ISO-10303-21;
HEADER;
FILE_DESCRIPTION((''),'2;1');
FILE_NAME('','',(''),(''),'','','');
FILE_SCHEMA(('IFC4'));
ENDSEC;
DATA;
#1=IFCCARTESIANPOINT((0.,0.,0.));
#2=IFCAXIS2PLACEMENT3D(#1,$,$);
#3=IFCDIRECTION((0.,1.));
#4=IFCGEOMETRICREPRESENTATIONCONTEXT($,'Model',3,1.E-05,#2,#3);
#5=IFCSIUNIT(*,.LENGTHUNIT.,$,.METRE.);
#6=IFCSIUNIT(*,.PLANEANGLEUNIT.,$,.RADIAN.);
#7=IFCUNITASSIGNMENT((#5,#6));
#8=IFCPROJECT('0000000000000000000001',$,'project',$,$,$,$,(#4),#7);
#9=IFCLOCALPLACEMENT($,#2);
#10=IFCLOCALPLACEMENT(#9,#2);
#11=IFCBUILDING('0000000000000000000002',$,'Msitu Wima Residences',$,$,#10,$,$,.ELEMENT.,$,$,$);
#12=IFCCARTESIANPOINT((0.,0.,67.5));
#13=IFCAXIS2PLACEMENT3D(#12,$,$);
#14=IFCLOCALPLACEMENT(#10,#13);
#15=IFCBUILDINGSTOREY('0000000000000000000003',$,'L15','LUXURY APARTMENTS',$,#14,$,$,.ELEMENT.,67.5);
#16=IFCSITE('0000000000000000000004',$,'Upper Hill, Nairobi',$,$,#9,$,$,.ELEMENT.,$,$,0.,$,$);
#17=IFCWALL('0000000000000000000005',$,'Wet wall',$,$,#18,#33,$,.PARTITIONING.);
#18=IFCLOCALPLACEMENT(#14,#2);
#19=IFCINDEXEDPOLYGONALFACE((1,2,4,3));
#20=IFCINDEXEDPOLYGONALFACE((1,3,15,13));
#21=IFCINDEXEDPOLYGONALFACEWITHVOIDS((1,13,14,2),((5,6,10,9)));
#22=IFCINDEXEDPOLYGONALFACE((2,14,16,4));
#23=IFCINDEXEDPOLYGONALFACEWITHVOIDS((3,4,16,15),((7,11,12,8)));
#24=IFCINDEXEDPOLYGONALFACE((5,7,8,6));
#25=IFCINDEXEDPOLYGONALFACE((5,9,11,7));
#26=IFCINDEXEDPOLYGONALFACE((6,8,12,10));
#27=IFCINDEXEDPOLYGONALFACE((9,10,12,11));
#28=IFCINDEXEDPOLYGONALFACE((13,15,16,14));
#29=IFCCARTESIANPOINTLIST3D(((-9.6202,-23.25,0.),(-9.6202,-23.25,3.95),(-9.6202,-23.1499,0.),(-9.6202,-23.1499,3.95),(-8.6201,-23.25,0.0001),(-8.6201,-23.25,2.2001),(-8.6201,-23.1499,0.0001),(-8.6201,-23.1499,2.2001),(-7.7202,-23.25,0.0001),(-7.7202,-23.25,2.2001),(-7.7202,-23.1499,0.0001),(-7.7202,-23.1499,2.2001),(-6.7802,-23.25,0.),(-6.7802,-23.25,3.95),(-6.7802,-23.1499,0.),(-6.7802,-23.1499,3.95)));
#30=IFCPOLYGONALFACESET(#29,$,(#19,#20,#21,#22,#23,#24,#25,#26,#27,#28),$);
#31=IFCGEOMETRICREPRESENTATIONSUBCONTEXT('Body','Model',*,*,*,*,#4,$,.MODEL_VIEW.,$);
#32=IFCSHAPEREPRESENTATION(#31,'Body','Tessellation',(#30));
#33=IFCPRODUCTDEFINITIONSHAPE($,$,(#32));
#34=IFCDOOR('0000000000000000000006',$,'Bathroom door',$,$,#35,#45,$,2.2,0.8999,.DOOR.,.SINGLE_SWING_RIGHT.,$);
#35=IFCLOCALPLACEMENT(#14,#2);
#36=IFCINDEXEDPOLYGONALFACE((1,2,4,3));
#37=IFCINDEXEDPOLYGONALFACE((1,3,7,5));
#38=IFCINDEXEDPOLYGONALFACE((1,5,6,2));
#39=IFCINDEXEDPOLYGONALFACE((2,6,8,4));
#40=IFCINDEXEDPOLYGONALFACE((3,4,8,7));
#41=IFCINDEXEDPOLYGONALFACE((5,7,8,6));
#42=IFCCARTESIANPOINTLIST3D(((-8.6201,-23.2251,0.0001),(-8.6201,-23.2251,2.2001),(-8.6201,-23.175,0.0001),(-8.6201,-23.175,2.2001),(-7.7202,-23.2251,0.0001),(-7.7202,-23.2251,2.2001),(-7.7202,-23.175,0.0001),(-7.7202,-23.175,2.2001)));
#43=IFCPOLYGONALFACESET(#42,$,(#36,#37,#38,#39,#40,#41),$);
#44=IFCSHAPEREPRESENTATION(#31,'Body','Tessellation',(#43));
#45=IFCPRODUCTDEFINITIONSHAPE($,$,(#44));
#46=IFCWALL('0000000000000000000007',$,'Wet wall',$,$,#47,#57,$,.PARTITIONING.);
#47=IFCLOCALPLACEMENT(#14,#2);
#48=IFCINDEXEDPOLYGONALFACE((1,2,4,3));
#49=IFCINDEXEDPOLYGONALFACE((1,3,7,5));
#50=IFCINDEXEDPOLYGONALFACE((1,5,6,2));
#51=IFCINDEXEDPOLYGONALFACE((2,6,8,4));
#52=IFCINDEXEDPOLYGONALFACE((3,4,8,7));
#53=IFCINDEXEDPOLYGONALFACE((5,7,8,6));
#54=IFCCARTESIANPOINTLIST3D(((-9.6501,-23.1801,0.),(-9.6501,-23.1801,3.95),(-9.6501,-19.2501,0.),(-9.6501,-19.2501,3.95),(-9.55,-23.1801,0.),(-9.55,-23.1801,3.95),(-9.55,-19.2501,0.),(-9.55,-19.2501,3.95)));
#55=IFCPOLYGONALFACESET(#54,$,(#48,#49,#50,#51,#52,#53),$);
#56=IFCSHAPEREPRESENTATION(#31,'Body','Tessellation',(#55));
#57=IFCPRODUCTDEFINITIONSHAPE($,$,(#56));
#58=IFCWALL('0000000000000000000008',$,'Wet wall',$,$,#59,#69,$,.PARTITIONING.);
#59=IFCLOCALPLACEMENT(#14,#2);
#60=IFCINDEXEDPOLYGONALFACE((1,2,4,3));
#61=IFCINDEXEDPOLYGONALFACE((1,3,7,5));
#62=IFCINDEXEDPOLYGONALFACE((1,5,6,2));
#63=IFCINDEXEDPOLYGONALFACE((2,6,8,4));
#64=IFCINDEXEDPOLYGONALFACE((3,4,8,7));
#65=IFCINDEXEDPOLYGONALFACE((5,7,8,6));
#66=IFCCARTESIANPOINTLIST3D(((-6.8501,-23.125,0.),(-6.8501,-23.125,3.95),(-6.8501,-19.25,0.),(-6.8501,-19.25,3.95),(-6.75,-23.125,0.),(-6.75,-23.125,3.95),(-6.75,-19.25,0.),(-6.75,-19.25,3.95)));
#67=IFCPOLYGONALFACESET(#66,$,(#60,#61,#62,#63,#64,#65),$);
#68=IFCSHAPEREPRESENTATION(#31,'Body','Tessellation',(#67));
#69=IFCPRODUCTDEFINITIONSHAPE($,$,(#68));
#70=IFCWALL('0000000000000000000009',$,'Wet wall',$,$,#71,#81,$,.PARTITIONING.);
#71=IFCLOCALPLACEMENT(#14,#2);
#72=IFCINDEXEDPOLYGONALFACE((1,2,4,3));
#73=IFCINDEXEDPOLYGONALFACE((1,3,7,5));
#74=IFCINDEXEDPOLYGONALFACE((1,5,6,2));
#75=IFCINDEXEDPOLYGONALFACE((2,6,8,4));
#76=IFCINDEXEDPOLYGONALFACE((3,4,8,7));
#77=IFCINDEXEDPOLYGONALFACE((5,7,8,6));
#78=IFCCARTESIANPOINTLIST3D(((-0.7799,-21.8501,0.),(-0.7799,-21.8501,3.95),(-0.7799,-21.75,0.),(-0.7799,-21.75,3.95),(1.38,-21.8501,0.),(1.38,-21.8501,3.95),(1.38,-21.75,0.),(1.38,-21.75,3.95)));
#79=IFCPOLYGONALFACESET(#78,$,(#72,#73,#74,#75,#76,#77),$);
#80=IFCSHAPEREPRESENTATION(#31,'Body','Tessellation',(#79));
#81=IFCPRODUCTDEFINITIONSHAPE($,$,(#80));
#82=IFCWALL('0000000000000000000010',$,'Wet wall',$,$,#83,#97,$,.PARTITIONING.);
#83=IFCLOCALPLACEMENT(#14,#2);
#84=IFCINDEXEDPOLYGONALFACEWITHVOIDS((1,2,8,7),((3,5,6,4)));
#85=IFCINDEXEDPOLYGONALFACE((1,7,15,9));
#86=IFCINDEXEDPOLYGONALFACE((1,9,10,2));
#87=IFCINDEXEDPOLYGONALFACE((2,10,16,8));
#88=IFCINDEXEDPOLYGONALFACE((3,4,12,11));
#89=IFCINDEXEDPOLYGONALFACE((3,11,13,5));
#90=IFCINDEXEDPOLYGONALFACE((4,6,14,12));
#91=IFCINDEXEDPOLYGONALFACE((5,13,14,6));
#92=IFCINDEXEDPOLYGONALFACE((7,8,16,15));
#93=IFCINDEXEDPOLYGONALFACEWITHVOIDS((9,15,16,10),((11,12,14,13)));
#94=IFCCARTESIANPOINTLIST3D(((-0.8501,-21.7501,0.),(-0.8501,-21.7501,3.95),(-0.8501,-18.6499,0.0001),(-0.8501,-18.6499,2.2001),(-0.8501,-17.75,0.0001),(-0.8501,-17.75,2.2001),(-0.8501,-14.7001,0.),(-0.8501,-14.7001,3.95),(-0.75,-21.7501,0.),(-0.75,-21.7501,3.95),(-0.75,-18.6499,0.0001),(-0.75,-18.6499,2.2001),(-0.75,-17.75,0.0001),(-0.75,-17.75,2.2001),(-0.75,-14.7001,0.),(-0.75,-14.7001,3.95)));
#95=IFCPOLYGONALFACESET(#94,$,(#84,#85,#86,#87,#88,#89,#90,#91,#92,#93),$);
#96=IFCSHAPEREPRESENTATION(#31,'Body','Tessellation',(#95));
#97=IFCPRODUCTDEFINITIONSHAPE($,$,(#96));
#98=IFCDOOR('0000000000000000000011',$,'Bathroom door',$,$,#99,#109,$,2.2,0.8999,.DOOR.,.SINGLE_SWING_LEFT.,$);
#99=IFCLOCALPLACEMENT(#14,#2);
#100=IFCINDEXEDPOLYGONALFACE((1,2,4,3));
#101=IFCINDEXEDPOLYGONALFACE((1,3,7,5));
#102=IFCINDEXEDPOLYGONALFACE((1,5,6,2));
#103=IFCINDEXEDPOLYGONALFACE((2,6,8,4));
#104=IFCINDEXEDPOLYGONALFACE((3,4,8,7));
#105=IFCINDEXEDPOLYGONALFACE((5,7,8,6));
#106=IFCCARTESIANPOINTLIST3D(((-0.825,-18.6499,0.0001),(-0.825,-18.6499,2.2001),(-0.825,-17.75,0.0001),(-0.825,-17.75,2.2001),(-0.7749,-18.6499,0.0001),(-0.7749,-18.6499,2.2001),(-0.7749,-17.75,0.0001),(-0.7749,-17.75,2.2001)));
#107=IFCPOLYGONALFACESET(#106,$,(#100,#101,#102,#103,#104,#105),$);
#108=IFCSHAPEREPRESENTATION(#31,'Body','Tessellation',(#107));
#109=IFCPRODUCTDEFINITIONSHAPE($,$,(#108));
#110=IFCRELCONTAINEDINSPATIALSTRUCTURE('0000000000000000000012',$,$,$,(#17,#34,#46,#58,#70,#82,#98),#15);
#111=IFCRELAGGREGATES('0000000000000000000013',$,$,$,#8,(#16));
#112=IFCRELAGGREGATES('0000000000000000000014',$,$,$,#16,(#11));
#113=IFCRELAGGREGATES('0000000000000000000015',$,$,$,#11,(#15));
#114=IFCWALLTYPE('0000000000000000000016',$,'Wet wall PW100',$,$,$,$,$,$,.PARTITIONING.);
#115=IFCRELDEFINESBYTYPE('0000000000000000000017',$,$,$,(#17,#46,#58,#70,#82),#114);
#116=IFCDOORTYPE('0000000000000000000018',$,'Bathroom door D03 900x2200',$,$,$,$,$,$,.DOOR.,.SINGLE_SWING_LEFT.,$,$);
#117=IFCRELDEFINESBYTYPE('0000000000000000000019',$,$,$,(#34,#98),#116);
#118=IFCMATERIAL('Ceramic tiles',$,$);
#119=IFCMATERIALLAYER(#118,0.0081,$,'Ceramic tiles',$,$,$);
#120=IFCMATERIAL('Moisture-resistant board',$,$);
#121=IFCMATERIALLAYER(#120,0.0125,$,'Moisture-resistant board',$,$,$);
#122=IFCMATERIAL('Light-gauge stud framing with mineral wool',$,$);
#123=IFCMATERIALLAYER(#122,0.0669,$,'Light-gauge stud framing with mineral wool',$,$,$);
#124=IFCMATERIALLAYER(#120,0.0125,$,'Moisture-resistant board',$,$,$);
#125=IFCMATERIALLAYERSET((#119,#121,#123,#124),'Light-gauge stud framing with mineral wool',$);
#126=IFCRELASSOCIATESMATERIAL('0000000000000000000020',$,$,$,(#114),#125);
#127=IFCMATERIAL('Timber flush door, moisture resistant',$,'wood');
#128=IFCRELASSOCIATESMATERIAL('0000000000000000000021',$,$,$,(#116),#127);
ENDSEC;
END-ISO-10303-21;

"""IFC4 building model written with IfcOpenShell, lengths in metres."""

from ifc_helpers import new_model, si_unit, direction, frame, frame_2d, origin, place, context, subcontext, project, spatial, rectangle, extrude, material, layer, layer_set, type_object, element, fill, save


model = new_model("IFC4")

# Units and contexts
model_context = context("Model", 3, precision=1e-05, world=origin(), true_north=direction((0.0, 1.0)))
body_context = subcontext(model_context, "Body", "Model", "MODEL_VIEW")
ifc_project = project(units=[si_unit("LENGTHUNIT", "METRE"), si_unit("PLANEANGLEUNIT", "RADIAN")], contexts=[model_context])

# Site, building, storey
site_placement = place(None, origin())
site = spatial("IfcSite", under=ifc_project, at=site_placement, Name="Upper Hill, Nairobi", CompositionType="ELEMENT", RefElevation=0.0)
building_placement = place(site_placement, origin())
building = spatial("IfcBuilding", under=site, at=building_placement, Name="Msitu Wima Residences", CompositionType="ELEMENT")
storey_placement = place(building_placement, frame((0.0, 0.0, 67.5)))
storey = spatial("IfcBuildingStorey", under=building, at=storey_placement, Name="L15", Description="LUXURY APARTMENTS", CompositionType="ELEMENT", Elevation=67.5)

# Wall, opening, door
ifc_material_1 = material(Name="Ceramic tiles")
ifc_layer_1 = layer(ifc_material_1, 0.0081, Name="Ceramic tiles")
ifc_material_2 = material(Name="Moisture-resistant board")
ifc_layer_2 = layer(ifc_material_2, 0.0125, Name="Moisture-resistant board")
ifc_material_3 = material(Name="Light-gauge stud framing with mineral wool")
ifc_layer_3 = layer(ifc_material_3, 0.0669, Name="Light-gauge stud framing with mineral wool")
ifc_layer_4 = layer(ifc_material_2, 0.0125, Name="Moisture-resistant board")
ifc_layer_set_1 = layer_set([ifc_layer_1, ifc_layer_2, ifc_layer_3, ifc_layer_4], Name="Light-gauge stud framing with mineral wool")
wall_type_1 = type_object("IfcWallType", Name="Wet wall PW100", PredefinedType="PARTITIONING", material=ifc_layer_set_1)
wall_1_placement = place(storey_placement, frame((-9.6201, -23.2, 0.0), z_axis=(0.0, 0.0, 1.0), x_axis=(1.0, 0.0, 0.0)))
wall_1 = element("IfcWall", 1, at=wall_1_placement, inside=storey, type_object=wall_type_1, Name="Wet wall", PredefinedType="PARTITIONING", context=body_context, shape_type="SweptSolid", body=[
    extrude(rectangle(XDim=2.8401, YDim=0.1001, at=frame_2d((1.4199, 0.0))), origin(), (0.0, 0.0, 1.0), 3.95),
])
opening_1_placement = place(wall_1_placement, frame((1.0, 0.0, 0.0)))
opening_1 = element("IfcOpeningElement", 2, at=opening_1_placement, cuts=wall_1, PredefinedType="OPENING", context=body_context, shape_type="SweptSolid", body=[
    extrude(rectangle(XDim=0.8999, YDim=2.2, at=frame_2d((0.45, 1.1001))), frame((0.0, 0.0601, 0.0), z_axis=(0.0, -1.0, 0.0), x_axis=(1.0, 0.0, 0.0)), (0.0, 0.0, 1.0), 0.1201),
])
ifc_material_4 = material(Name="Timber flush door, moisture resistant", Category="wood")
door_type_1 = type_object("IfcDoorType", Name="Bathroom door D03 900x2200", OperationType="SINGLE_SWING_LEFT", PredefinedType="DOOR", material=ifc_material_4)
door_1_placement = place(opening_1_placement, origin())
door_1 = element("IfcDoor", 3, at=door_1_placement, inside=storey, type_object=door_type_1, Name="Bathroom door", OperationType="SINGLE_SWING_RIGHT", OverallHeight=2.2, OverallWidth=0.8999, PredefinedType="DOOR", context=body_context, shape_type="SweptSolid", body=[
    extrude(rectangle(XDim=0.8999, YDim=2.2, at=frame_2d((0.45, 1.1001))), frame((0.0, 0.0249, 0.0), z_axis=(0.0, -1.0, 0.0), x_axis=(1.0, 0.0, 0.0)), (0.0, 0.0, 1.0), 0.05),
])
fill(opening_1, door_1)

# Walls
wall_2_placement = place(storey_placement, frame((-9.6001, -23.1799, 0.0), z_axis=(0.0, 0.0, 1.0), x_axis=(0.0, 1.0, 0.0)))
element("IfcWall", 4, at=wall_2_placement, inside=storey, type_object=wall_type_1, Name="Wet wall", PredefinedType="PARTITIONING", context=body_context, shape_type="SweptSolid", body=[
    extrude(rectangle(XDim=3.9299, YDim=0.1001, at=frame_2d((1.9648, 0.0))), origin(), (0.0, 0.0, 1.0), 3.95),
])
wall_3_placement = place(storey_placement, frame((-6.8, -23.125, 0.0), z_axis=(0.0, 0.0, 1.0), x_axis=(0.0, 1.0, 0.0)))
element("IfcWall", 5, at=wall_3_placement, inside=storey, type_object=wall_type_1, Name="Wet wall", PredefinedType="PARTITIONING", context=body_context, shape_type="SweptSolid", body=[
    extrude(rectangle(XDim=3.875, YDim=0.1001, at=frame_2d((1.9375, 0.0))), origin(), (0.0, 0.0, 1.0), 3.95),
])
wall_4_placement = place(storey_placement, frame((-0.78, -21.8, 0.0), z_axis=(0.0, 0.0, 1.0), x_axis=(1.0, 0.0, 0.0)))
element("IfcWall", 6, at=wall_4_placement, inside=storey, type_object=wall_type_1, Name="Wet wall", PredefinedType="PARTITIONING", context=body_context, shape_type="SweptSolid", body=[
    extrude(rectangle(XDim=2.1599, YDim=0.1001, at=frame_2d((1.0801, 0.0))), origin(), (0.0, 0.0, 1.0), 3.95),
])

# Wall, opening, door
wall_5_placement = place(storey_placement, frame((-0.8, -21.75, 0.0), z_axis=(0.0, 0.0, 1.0), x_axis=(0.0, 1.0, 0.0)))
wall_5 = element("IfcWall", 7, at=wall_5_placement, inside=storey, type_object=wall_type_1, Name="Wet wall", PredefinedType="PARTITIONING", context=body_context, shape_type="SweptSolid", body=[
    extrude(rectangle(XDim=7.05, YDim=0.1001, at=frame_2d((3.5249, 0.0))), origin(), (0.0, 0.0, 1.0), 3.95),
])
opening_2_placement = place(wall_5_placement, frame((3.1001, 0.0, 0.0)))
opening_2 = element("IfcOpeningElement", 8, at=opening_2_placement, cuts=wall_5, PredefinedType="OPENING", context=body_context, shape_type="SweptSolid", body=[
    extrude(rectangle(XDim=0.8999, YDim=2.2, at=frame_2d((0.45, 1.1001))), frame((0.0, 0.0601, 0.0), z_axis=(0.0, -1.0, 0.0), x_axis=(1.0, 0.0, 0.0)), (0.0, 0.0, 1.0), 0.1201),
])
door_2_placement = place(opening_2_placement, origin())
door_2 = element("IfcDoor", 9, at=door_2_placement, inside=storey, type_object=door_type_1, Name="Bathroom door", OperationType="SINGLE_SWING_LEFT", OverallHeight=2.2, OverallWidth=0.8999, PredefinedType="DOOR", context=body_context, shape_type="SweptSolid", body=[
    extrude(rectangle(XDim=0.8999, YDim=2.2, at=frame_2d((0.45, 1.1001))), frame((0.0, 0.0249, 0.0), z_axis=(0.0, -1.0, 0.0), x_axis=(1.0, 0.0, 0.0)), (0.0, 0.0, 1.0), 0.05),
])
fill(opening_2, door_2)

save(model, "model.ifc")
